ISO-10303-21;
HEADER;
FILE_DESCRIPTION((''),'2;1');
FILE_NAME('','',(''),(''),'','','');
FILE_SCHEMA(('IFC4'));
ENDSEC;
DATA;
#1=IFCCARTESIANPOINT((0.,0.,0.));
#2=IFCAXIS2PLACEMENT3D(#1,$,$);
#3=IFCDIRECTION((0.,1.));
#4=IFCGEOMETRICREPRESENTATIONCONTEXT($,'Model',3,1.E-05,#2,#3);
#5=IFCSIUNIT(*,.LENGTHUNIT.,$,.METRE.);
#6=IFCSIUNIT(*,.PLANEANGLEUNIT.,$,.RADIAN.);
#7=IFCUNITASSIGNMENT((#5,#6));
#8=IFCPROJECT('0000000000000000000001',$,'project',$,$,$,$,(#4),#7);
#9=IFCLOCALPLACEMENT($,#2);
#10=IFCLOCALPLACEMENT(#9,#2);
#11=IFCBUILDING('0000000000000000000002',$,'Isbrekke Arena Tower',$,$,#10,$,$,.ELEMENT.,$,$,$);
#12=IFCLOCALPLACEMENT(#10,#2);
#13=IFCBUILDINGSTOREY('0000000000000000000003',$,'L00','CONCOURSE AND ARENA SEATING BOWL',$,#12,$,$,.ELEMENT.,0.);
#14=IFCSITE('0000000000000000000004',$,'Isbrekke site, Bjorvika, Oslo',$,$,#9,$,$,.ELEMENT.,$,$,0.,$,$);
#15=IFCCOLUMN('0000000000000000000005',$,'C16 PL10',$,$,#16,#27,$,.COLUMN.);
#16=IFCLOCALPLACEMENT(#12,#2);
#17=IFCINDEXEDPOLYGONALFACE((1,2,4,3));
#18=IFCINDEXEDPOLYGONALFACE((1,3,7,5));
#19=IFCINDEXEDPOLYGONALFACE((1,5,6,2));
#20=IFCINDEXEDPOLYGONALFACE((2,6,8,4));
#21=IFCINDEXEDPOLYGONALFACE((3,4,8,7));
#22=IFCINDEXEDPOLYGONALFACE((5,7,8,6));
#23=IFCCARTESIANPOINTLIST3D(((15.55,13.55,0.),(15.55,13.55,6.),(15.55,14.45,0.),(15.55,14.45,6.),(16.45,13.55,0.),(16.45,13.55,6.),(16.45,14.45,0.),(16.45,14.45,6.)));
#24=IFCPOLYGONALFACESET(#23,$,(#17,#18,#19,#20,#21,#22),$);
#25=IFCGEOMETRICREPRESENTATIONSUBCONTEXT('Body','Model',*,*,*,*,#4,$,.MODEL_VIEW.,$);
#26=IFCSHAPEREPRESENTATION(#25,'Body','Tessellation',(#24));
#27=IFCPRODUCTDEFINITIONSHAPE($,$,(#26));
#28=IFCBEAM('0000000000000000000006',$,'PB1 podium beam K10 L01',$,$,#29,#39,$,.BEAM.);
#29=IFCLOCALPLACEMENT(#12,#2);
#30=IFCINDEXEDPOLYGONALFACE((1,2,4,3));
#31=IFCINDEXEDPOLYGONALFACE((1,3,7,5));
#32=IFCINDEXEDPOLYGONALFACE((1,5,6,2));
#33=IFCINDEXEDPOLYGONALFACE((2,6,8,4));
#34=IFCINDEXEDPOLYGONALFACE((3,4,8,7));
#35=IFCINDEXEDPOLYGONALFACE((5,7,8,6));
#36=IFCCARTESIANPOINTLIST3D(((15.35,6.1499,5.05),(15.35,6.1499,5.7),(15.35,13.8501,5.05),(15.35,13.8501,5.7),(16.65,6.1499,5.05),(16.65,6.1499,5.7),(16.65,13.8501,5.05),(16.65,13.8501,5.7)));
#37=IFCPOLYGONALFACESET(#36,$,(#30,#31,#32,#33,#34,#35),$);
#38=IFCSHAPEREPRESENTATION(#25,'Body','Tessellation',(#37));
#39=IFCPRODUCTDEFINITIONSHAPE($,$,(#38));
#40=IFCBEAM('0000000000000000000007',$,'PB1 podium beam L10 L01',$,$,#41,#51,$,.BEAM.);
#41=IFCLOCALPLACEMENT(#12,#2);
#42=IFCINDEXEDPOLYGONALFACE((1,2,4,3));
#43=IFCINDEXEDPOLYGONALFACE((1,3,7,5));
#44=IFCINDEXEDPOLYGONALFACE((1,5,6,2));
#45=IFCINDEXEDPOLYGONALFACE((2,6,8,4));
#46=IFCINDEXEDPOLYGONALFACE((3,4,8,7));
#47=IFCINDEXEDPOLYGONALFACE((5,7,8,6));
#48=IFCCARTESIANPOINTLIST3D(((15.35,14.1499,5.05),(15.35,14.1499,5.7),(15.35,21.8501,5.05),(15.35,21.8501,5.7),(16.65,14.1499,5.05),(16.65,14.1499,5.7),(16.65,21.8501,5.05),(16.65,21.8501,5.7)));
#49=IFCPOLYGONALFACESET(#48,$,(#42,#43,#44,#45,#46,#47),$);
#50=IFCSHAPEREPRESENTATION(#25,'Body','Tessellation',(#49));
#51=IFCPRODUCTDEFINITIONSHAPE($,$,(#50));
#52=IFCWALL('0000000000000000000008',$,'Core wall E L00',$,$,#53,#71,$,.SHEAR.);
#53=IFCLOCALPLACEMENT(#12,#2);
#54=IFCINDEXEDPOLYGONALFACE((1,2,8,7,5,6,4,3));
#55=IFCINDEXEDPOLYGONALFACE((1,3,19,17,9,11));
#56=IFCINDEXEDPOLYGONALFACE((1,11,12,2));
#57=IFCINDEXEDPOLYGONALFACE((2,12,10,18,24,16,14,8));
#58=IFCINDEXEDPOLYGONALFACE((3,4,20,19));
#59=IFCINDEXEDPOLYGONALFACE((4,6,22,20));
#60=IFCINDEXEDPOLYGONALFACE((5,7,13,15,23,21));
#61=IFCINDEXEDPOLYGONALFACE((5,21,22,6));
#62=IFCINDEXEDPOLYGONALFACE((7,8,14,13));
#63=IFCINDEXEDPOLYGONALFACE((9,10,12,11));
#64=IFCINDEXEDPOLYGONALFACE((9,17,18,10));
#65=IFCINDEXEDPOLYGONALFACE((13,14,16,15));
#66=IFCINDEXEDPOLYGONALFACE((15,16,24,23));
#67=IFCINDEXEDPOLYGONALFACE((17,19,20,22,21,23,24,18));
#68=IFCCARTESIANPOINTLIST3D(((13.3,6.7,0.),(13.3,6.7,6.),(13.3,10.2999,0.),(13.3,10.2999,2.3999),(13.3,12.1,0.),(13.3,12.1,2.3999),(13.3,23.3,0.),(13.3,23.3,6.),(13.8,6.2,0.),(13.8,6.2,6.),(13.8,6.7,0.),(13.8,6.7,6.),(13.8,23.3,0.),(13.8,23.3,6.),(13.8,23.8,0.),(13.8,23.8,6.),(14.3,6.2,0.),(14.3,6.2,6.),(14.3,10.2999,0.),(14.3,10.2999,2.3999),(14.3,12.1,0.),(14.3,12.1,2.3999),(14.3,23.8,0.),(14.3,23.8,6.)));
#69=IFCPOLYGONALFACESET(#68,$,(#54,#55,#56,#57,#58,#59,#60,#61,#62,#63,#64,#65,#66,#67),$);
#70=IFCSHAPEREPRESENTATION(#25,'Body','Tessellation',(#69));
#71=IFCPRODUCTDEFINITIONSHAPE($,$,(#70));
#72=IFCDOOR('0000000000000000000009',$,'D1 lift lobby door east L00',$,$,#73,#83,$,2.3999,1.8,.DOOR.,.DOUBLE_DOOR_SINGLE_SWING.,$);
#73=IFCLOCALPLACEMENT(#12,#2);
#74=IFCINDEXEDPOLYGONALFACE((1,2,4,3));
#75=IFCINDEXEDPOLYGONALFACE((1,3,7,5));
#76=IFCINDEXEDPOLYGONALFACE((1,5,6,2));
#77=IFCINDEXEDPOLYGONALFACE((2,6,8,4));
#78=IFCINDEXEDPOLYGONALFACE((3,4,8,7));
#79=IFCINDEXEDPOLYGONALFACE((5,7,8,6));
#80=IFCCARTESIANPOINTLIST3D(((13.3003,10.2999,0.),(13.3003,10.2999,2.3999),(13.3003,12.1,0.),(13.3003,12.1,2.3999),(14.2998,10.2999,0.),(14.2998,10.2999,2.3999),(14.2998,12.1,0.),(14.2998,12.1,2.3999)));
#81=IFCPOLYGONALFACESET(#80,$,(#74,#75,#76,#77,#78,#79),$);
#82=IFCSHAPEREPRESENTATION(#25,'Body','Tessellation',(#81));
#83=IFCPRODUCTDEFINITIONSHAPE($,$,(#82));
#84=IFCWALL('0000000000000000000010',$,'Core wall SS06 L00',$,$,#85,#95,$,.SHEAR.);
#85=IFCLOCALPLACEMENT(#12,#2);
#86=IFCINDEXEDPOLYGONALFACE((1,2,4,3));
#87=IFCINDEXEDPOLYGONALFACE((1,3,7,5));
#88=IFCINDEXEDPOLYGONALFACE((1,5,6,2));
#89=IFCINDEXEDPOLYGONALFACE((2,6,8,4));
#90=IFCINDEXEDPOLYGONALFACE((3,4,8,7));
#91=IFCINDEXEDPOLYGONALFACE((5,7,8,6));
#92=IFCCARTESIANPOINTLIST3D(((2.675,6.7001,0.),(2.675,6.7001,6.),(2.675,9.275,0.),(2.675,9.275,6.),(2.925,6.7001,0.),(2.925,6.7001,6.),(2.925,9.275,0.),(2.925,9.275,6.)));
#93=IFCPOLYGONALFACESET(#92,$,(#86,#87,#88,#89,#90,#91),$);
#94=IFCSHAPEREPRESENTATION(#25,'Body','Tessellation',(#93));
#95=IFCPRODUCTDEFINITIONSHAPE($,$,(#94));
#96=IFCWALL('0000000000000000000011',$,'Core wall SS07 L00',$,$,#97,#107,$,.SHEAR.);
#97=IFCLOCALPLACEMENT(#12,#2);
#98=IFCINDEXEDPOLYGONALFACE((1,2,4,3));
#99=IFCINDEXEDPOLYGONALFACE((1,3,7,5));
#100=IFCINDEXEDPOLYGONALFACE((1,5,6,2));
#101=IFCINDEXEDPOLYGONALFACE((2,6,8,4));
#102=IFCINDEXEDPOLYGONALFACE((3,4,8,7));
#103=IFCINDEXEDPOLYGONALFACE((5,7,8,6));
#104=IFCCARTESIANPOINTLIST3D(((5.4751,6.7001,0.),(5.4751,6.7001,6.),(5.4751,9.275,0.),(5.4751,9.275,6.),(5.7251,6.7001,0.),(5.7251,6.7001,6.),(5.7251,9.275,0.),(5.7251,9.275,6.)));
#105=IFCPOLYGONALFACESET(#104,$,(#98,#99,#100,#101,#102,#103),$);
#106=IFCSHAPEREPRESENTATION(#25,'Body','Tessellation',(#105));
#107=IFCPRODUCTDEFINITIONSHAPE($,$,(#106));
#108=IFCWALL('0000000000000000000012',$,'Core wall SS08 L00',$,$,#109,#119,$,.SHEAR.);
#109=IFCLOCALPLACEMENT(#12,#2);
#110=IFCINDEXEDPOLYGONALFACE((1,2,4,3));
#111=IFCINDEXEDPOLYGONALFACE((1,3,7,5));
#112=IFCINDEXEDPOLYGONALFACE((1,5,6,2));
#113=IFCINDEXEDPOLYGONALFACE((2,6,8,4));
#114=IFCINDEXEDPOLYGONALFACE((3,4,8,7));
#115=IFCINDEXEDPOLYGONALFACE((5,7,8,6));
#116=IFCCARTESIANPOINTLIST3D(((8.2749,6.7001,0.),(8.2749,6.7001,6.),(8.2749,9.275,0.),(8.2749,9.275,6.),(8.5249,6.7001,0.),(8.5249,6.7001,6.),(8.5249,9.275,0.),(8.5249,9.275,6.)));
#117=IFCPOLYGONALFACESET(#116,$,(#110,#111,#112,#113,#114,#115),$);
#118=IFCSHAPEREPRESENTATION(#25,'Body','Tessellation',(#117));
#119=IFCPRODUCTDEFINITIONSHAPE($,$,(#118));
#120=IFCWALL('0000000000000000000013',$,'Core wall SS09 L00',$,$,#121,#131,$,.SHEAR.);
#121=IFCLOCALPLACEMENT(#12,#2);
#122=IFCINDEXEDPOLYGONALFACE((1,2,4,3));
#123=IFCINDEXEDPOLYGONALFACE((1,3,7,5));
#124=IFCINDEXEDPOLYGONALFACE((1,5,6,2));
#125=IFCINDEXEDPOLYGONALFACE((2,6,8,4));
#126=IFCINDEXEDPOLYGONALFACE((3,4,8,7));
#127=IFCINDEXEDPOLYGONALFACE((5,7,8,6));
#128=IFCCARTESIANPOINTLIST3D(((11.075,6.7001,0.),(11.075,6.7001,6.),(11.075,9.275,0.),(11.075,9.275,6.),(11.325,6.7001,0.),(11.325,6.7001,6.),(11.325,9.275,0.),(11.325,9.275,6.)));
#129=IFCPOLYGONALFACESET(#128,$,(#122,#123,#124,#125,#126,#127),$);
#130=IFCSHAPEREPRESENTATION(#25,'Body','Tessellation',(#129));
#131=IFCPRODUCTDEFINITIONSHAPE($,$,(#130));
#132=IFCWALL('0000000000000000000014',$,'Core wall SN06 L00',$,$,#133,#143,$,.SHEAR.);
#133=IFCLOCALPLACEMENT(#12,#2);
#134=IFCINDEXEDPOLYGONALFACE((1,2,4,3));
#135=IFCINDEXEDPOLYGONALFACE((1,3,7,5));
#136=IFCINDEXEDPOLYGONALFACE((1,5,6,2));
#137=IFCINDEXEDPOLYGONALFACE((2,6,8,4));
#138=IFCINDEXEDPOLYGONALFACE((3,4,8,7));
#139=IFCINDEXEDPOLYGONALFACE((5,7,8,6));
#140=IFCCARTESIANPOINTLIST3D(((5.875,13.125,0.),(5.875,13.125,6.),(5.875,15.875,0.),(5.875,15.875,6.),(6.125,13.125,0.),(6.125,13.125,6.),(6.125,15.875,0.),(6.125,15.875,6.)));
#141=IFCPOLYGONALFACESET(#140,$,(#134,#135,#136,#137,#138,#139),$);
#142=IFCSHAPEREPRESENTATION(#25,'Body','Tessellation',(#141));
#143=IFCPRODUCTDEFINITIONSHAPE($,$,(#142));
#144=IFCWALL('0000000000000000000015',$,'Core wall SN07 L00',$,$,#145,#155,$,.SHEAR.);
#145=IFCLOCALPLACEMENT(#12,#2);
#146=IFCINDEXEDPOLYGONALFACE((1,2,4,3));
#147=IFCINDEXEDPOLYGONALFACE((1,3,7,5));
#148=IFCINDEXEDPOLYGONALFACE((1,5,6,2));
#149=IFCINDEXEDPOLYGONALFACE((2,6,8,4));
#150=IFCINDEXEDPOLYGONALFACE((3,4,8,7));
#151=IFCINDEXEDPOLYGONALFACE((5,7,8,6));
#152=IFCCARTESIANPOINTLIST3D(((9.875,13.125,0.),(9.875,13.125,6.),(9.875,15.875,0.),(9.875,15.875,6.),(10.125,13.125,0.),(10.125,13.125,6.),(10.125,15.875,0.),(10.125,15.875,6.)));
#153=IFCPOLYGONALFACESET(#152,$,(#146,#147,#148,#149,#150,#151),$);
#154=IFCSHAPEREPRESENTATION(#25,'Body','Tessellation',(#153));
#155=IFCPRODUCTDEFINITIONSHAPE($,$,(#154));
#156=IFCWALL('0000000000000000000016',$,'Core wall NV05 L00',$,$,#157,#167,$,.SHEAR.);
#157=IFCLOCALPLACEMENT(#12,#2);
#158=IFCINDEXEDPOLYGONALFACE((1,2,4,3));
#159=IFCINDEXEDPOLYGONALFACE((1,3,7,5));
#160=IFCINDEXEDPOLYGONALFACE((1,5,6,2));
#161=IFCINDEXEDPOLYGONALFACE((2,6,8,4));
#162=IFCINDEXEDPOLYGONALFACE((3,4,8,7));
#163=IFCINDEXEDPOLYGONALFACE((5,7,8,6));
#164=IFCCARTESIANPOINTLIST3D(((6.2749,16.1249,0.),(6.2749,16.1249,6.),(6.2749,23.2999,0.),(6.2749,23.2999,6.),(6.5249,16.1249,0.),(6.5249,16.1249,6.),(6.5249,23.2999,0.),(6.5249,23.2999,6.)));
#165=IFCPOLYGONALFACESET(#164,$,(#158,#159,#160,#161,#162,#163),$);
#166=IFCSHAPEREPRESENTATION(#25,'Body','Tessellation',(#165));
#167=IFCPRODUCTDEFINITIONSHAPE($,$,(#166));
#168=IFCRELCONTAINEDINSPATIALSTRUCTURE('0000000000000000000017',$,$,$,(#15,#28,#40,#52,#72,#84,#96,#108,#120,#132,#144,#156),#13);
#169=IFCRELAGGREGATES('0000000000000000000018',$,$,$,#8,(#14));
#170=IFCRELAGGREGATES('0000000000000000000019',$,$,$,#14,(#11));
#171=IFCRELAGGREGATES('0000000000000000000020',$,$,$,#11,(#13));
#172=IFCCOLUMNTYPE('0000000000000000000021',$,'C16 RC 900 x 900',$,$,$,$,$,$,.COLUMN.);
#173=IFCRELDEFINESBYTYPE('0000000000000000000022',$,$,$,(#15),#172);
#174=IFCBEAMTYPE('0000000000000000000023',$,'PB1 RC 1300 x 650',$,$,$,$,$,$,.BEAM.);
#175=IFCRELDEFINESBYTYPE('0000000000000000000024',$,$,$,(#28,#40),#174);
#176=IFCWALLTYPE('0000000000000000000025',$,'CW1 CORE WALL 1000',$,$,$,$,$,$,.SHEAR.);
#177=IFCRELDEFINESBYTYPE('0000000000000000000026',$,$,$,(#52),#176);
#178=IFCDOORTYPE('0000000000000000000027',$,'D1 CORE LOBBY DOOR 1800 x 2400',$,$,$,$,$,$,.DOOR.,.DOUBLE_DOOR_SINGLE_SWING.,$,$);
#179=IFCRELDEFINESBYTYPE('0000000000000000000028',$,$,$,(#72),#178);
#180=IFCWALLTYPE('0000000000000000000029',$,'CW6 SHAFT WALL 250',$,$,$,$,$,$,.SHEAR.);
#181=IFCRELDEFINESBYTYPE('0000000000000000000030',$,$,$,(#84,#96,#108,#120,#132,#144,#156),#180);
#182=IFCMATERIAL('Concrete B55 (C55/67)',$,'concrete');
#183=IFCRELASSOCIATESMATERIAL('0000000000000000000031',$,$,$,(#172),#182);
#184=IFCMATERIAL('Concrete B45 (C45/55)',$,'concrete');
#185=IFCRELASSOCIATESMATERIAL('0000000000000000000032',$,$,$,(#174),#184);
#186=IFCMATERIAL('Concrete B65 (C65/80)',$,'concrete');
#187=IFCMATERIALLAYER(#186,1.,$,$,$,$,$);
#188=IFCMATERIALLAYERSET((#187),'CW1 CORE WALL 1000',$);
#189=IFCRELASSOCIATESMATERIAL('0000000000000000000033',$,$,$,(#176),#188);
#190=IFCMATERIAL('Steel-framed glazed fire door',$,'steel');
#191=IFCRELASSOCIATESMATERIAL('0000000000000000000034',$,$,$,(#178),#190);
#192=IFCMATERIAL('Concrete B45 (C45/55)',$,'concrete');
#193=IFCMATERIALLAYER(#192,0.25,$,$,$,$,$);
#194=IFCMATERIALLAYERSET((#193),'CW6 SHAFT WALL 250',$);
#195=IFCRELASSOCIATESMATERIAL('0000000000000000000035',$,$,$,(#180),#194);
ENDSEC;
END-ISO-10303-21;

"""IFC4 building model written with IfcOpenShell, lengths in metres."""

from ifc_helpers import new_model, si_unit, direction, frame, frame_2d, origin, origin_2d, place, context, subcontext, project, spatial, polyline, rectangle, outline, extrude, material, layer, layer_set, material_profile, profile_set, type_object, element, fill, save


model = new_model("IFC4")

# Units and contexts
model_context = context("Model", 3, precision=1e-05, world=origin(), true_north=direction((0.0, 1.0)))
body_context = subcontext(model_context, "Body", "Model", "MODEL_VIEW")
ifc_project = project(units=[si_unit("LENGTHUNIT", "METRE"), si_unit("PLANEANGLEUNIT", "RADIAN")], contexts=[model_context])

# Site, building, storey
site_placement = place(None, origin())
site = spatial("IfcSite", under=ifc_project, at=site_placement, Name="Isbrekke site, Bjorvika, Oslo", CompositionType="ELEMENT", RefElevation=0.0)
building_placement = place(site_placement, origin())
building = spatial("IfcBuilding", under=site, at=building_placement, Name="Isbrekke Arena Tower", CompositionType="ELEMENT")
storey_placement = place(building_placement, origin())
storey = spatial("IfcBuildingStorey", under=building, at=storey_placement, Name="L00", Description="CONCOURSE AND ARENA SEATING BOWL", CompositionType="ELEMENT", Elevation=0.0)

# Column
ifc_material_1 = material(Name="Concrete B55 (C55/67)", Category="concrete")
ifc_material_profile_1 = material_profile(ifc_material_1, rectangle(XDim=0.8999, YDim=0.8999, at=origin_2d()), Name="RC 900x900")
ifc_profile_set_1 = profile_set([ifc_material_profile_1], Name="Concrete B55 (C55/67)")
column_type = type_object("IfcColumnType", Name="C16 RC 900 x 900", PredefinedType="COLUMN", material=ifc_profile_set_1)
column_placement = place(storey_placement, frame((16.0, 14.0, 0.0), z_axis=(0.0, 0.0, 1.0), x_axis=(1.0, 0.0, 0.0)))
element("IfcColumn", 1, at=column_placement, inside=storey, type_object=column_type, Name="C16 PL10", PredefinedType="COLUMN", context=body_context, shape_type="SweptSolid", body=[
    extrude(rectangle(XDim=0.8999, YDim=0.8999, at=origin_2d()), origin(), (0.0, 0.0, 1.0), 6.0),
])

# Beams
ifc_material_2 = material(Name="Concrete B45 (C45/55)", Category="concrete")
ifc_material_profile_2 = material_profile(ifc_material_2, rectangle(XDim=1.3, YDim=0.6499, at=origin_2d()), Name="RC 1300x650")
ifc_profile_set_2 = profile_set([ifc_material_profile_2], Name="Concrete B45 (C45/55)")
beam_type = type_object("IfcBeamType", Name="PB1 RC 1300 x 650", PredefinedType="BEAM", material=ifc_profile_set_2)
for number, where, z_axis, x_axis, name in (
    (2, (16.0, 6.1499, 5.375), (0.0, 1.0, 0.0), (-1.0, 0.0, 0.0), "PB1 podium beam K10 L01"),
    (3, (16.0, 14.1499, 5.375), (0.0, 1.0, 0.0), (-1.0, 0.0, 0.0), "PB1 podium beam L10 L01"),
):
    element("IfcBeam", number, at=place(storey_placement, frame(where, z_axis=z_axis, x_axis=x_axis)), inside=storey, type_object=beam_type, Name=name, PredefinedType="BEAM", context=body_context, shape_type="SweptSolid", body=[
        extrude(rectangle(XDim=1.3, YDim=0.6499, at=origin_2d()), origin(), (0.0, 0.0, 1.0), 7.7002),
    ])

# Wall, opening, door
ifc_material_3 = material(Name="Concrete B65 (C65/80)", Category="concrete")
ifc_layer_1 = layer(ifc_material_3, 1.0)
ifc_layer_set_1 = layer_set([ifc_layer_1], Name="CW1 CORE WALL 1000")
wall_type_1 = type_object("IfcWallType", Name="CW1 CORE WALL 1000", PredefinedType="SHEAR", material=ifc_layer_set_1)
wall_1_placement = place(storey_placement, frame((13.8, 6.2, 0.0), z_axis=(0.0, 0.0, 1.0), x_axis=(0.0, 1.0, 0.0)))
wall_1 = element("IfcWall", 4, at=wall_1_placement, inside=storey, type_object=wall_type_1, Name="Core wall E L00", PredefinedType="SHEAR", context=body_context, shape_type="SweptSolid", body=[
    extrude(outline(polyline([(0.0, -0.5), (17.6001, -0.5), (17.6001, 0.0), (17.1001, 0.0), (17.1001, 0.5), (0.5, 0.5), (0.5, 0.0), (0.0, 0.0), (0.0, -0.5)])), origin(), (0.0, 0.0, 1.0), 6.0),
])
opening_1_placement = place(wall_1_placement, frame((4.1001, 0.0, 0.0)))
opening_1 = element("IfcOpeningElement", 5, at=opening_1_placement, cuts=wall_1, PredefinedType="OPENING", context=body_context, shape_type="SweptSolid", body=[
    extrude(rectangle(XDim=1.8, YDim=2.3999, at=frame_2d((0.8999, 1.2))), frame((0.0, 0.5149, 0.0), z_axis=(0.0, -1.0, 0.0), x_axis=(1.0, 0.0, 0.0)), (0.0, 0.0, 1.0), 1.0298),
])
ifc_material_4 = material(Name="Steel-framed glazed fire door", Category="steel")
door_type_1 = type_object("IfcDoorType", Name="D1 CORE LOBBY DOOR 1800 x 2400", OperationType="DOUBLE_DOOR_SINGLE_SWING", PredefinedType="DOOR", material=ifc_material_4)
door_1_placement = place(opening_1_placement, origin())
door_1 = element("IfcDoor", 6, at=door_1_placement, inside=storey, type_object=door_type_1, Name="D1 lift lobby door east L00", OperationType="DOUBLE_DOOR_SINGLE_SWING", OverallHeight=2.3999, OverallWidth=1.8, PredefinedType="DOOR", context=body_context, shape_type="SweptSolid", body=[
    extrude(rectangle(XDim=1.8, YDim=2.3999, at=frame_2d((0.8999, 1.2))), frame((0.0, 0.4998, 0.0), z_axis=(0.0, -1.0, 0.0), x_axis=(1.0, 0.0, 0.0)), (0.0, 0.0, 1.0), 0.9995),
])
fill(opening_1, door_1)

# Walls
ifc_material_5 = material(Name="Concrete B45 (C45/55)", Category="concrete")
ifc_layer_2 = layer(ifc_material_5, 0.25)
ifc_layer_set_2 = layer_set([ifc_layer_2], Name="CW6 SHAFT WALL 250")
wall_type_2 = type_object("IfcWallType", Name="CW6 SHAFT WALL 250", PredefinedType="SHEAR", material=ifc_layer_set_2)
for number, where, z_axis, x_axis, name in (
    (7, (2.8, 6.7, 0.0), (0.0, 0.0, 1.0), (0.0, 1.0, 0.0), "Core wall SS06 L00"),
    (8, (5.6001, 6.7, 0.0), (0.0, 0.0, 1.0), (0.0, 1.0, 0.0), "Core wall SS07 L00"),
    (9, (8.3999, 6.7, 0.0), (0.0, 0.0, 1.0), (0.0, 1.0, 0.0), "Core wall SS08 L00"),
    (10, (11.2, 6.7, 0.0), (0.0, 0.0, 1.0), (0.0, 1.0, 0.0), "Core wall SS09 L00"),
):
    element("IfcWall", number, at=place(storey_placement, frame(where, z_axis=z_axis, x_axis=x_axis)), inside=storey, type_object=wall_type_2, Name=name, PredefinedType="SHEAR", context=body_context, shape_type="SweptSolid", body=[
        extrude(rectangle(XDim=2.575, YDim=0.25, at=frame_2d((1.2876, 0.0))), origin(), (0.0, 0.0, 1.0), 6.0),
    ])
for number, where, z_axis, x_axis, name in (
    (11, (6.0, 13.125, 0.0), (0.0, 0.0, 1.0), (0.0, 1.0, 0.0), "Core wall SN06 L00"),
    (12, (10.0, 13.125, 0.0), (0.0, 0.0, 1.0), (0.0, 1.0, 0.0), "Core wall SN07 L00"),
):
    element("IfcWall", number, at=place(storey_placement, frame(where, z_axis=z_axis, x_axis=x_axis)), inside=storey, type_object=wall_type_2, Name=name, PredefinedType="SHEAR", context=body_context, shape_type="SweptSolid", body=[
        extrude(rectangle(XDim=2.75, YDim=0.25, at=frame_2d((1.375, 0.0))), origin(), (0.0, 0.0, 1.0), 6.0),
    ])
wall_2_placement = place(storey_placement, frame((6.3999, 16.125, 0.0), z_axis=(0.0, 0.0, 1.0), x_axis=(0.0, 1.0, 0.0)))
element("IfcWall", 13, at=wall_2_placement, inside=storey, type_object=wall_type_2, Name="Core wall NV05 L00", PredefinedType="SHEAR", context=body_context, shape_type="SweptSolid", body=[
    extrude(rectangle(XDim=7.175, YDim=0.25, at=frame_2d((3.5874, 0.0))), origin(), (0.0, 0.0, 1.0), 6.0),
])

save(model, "model.ifc")
